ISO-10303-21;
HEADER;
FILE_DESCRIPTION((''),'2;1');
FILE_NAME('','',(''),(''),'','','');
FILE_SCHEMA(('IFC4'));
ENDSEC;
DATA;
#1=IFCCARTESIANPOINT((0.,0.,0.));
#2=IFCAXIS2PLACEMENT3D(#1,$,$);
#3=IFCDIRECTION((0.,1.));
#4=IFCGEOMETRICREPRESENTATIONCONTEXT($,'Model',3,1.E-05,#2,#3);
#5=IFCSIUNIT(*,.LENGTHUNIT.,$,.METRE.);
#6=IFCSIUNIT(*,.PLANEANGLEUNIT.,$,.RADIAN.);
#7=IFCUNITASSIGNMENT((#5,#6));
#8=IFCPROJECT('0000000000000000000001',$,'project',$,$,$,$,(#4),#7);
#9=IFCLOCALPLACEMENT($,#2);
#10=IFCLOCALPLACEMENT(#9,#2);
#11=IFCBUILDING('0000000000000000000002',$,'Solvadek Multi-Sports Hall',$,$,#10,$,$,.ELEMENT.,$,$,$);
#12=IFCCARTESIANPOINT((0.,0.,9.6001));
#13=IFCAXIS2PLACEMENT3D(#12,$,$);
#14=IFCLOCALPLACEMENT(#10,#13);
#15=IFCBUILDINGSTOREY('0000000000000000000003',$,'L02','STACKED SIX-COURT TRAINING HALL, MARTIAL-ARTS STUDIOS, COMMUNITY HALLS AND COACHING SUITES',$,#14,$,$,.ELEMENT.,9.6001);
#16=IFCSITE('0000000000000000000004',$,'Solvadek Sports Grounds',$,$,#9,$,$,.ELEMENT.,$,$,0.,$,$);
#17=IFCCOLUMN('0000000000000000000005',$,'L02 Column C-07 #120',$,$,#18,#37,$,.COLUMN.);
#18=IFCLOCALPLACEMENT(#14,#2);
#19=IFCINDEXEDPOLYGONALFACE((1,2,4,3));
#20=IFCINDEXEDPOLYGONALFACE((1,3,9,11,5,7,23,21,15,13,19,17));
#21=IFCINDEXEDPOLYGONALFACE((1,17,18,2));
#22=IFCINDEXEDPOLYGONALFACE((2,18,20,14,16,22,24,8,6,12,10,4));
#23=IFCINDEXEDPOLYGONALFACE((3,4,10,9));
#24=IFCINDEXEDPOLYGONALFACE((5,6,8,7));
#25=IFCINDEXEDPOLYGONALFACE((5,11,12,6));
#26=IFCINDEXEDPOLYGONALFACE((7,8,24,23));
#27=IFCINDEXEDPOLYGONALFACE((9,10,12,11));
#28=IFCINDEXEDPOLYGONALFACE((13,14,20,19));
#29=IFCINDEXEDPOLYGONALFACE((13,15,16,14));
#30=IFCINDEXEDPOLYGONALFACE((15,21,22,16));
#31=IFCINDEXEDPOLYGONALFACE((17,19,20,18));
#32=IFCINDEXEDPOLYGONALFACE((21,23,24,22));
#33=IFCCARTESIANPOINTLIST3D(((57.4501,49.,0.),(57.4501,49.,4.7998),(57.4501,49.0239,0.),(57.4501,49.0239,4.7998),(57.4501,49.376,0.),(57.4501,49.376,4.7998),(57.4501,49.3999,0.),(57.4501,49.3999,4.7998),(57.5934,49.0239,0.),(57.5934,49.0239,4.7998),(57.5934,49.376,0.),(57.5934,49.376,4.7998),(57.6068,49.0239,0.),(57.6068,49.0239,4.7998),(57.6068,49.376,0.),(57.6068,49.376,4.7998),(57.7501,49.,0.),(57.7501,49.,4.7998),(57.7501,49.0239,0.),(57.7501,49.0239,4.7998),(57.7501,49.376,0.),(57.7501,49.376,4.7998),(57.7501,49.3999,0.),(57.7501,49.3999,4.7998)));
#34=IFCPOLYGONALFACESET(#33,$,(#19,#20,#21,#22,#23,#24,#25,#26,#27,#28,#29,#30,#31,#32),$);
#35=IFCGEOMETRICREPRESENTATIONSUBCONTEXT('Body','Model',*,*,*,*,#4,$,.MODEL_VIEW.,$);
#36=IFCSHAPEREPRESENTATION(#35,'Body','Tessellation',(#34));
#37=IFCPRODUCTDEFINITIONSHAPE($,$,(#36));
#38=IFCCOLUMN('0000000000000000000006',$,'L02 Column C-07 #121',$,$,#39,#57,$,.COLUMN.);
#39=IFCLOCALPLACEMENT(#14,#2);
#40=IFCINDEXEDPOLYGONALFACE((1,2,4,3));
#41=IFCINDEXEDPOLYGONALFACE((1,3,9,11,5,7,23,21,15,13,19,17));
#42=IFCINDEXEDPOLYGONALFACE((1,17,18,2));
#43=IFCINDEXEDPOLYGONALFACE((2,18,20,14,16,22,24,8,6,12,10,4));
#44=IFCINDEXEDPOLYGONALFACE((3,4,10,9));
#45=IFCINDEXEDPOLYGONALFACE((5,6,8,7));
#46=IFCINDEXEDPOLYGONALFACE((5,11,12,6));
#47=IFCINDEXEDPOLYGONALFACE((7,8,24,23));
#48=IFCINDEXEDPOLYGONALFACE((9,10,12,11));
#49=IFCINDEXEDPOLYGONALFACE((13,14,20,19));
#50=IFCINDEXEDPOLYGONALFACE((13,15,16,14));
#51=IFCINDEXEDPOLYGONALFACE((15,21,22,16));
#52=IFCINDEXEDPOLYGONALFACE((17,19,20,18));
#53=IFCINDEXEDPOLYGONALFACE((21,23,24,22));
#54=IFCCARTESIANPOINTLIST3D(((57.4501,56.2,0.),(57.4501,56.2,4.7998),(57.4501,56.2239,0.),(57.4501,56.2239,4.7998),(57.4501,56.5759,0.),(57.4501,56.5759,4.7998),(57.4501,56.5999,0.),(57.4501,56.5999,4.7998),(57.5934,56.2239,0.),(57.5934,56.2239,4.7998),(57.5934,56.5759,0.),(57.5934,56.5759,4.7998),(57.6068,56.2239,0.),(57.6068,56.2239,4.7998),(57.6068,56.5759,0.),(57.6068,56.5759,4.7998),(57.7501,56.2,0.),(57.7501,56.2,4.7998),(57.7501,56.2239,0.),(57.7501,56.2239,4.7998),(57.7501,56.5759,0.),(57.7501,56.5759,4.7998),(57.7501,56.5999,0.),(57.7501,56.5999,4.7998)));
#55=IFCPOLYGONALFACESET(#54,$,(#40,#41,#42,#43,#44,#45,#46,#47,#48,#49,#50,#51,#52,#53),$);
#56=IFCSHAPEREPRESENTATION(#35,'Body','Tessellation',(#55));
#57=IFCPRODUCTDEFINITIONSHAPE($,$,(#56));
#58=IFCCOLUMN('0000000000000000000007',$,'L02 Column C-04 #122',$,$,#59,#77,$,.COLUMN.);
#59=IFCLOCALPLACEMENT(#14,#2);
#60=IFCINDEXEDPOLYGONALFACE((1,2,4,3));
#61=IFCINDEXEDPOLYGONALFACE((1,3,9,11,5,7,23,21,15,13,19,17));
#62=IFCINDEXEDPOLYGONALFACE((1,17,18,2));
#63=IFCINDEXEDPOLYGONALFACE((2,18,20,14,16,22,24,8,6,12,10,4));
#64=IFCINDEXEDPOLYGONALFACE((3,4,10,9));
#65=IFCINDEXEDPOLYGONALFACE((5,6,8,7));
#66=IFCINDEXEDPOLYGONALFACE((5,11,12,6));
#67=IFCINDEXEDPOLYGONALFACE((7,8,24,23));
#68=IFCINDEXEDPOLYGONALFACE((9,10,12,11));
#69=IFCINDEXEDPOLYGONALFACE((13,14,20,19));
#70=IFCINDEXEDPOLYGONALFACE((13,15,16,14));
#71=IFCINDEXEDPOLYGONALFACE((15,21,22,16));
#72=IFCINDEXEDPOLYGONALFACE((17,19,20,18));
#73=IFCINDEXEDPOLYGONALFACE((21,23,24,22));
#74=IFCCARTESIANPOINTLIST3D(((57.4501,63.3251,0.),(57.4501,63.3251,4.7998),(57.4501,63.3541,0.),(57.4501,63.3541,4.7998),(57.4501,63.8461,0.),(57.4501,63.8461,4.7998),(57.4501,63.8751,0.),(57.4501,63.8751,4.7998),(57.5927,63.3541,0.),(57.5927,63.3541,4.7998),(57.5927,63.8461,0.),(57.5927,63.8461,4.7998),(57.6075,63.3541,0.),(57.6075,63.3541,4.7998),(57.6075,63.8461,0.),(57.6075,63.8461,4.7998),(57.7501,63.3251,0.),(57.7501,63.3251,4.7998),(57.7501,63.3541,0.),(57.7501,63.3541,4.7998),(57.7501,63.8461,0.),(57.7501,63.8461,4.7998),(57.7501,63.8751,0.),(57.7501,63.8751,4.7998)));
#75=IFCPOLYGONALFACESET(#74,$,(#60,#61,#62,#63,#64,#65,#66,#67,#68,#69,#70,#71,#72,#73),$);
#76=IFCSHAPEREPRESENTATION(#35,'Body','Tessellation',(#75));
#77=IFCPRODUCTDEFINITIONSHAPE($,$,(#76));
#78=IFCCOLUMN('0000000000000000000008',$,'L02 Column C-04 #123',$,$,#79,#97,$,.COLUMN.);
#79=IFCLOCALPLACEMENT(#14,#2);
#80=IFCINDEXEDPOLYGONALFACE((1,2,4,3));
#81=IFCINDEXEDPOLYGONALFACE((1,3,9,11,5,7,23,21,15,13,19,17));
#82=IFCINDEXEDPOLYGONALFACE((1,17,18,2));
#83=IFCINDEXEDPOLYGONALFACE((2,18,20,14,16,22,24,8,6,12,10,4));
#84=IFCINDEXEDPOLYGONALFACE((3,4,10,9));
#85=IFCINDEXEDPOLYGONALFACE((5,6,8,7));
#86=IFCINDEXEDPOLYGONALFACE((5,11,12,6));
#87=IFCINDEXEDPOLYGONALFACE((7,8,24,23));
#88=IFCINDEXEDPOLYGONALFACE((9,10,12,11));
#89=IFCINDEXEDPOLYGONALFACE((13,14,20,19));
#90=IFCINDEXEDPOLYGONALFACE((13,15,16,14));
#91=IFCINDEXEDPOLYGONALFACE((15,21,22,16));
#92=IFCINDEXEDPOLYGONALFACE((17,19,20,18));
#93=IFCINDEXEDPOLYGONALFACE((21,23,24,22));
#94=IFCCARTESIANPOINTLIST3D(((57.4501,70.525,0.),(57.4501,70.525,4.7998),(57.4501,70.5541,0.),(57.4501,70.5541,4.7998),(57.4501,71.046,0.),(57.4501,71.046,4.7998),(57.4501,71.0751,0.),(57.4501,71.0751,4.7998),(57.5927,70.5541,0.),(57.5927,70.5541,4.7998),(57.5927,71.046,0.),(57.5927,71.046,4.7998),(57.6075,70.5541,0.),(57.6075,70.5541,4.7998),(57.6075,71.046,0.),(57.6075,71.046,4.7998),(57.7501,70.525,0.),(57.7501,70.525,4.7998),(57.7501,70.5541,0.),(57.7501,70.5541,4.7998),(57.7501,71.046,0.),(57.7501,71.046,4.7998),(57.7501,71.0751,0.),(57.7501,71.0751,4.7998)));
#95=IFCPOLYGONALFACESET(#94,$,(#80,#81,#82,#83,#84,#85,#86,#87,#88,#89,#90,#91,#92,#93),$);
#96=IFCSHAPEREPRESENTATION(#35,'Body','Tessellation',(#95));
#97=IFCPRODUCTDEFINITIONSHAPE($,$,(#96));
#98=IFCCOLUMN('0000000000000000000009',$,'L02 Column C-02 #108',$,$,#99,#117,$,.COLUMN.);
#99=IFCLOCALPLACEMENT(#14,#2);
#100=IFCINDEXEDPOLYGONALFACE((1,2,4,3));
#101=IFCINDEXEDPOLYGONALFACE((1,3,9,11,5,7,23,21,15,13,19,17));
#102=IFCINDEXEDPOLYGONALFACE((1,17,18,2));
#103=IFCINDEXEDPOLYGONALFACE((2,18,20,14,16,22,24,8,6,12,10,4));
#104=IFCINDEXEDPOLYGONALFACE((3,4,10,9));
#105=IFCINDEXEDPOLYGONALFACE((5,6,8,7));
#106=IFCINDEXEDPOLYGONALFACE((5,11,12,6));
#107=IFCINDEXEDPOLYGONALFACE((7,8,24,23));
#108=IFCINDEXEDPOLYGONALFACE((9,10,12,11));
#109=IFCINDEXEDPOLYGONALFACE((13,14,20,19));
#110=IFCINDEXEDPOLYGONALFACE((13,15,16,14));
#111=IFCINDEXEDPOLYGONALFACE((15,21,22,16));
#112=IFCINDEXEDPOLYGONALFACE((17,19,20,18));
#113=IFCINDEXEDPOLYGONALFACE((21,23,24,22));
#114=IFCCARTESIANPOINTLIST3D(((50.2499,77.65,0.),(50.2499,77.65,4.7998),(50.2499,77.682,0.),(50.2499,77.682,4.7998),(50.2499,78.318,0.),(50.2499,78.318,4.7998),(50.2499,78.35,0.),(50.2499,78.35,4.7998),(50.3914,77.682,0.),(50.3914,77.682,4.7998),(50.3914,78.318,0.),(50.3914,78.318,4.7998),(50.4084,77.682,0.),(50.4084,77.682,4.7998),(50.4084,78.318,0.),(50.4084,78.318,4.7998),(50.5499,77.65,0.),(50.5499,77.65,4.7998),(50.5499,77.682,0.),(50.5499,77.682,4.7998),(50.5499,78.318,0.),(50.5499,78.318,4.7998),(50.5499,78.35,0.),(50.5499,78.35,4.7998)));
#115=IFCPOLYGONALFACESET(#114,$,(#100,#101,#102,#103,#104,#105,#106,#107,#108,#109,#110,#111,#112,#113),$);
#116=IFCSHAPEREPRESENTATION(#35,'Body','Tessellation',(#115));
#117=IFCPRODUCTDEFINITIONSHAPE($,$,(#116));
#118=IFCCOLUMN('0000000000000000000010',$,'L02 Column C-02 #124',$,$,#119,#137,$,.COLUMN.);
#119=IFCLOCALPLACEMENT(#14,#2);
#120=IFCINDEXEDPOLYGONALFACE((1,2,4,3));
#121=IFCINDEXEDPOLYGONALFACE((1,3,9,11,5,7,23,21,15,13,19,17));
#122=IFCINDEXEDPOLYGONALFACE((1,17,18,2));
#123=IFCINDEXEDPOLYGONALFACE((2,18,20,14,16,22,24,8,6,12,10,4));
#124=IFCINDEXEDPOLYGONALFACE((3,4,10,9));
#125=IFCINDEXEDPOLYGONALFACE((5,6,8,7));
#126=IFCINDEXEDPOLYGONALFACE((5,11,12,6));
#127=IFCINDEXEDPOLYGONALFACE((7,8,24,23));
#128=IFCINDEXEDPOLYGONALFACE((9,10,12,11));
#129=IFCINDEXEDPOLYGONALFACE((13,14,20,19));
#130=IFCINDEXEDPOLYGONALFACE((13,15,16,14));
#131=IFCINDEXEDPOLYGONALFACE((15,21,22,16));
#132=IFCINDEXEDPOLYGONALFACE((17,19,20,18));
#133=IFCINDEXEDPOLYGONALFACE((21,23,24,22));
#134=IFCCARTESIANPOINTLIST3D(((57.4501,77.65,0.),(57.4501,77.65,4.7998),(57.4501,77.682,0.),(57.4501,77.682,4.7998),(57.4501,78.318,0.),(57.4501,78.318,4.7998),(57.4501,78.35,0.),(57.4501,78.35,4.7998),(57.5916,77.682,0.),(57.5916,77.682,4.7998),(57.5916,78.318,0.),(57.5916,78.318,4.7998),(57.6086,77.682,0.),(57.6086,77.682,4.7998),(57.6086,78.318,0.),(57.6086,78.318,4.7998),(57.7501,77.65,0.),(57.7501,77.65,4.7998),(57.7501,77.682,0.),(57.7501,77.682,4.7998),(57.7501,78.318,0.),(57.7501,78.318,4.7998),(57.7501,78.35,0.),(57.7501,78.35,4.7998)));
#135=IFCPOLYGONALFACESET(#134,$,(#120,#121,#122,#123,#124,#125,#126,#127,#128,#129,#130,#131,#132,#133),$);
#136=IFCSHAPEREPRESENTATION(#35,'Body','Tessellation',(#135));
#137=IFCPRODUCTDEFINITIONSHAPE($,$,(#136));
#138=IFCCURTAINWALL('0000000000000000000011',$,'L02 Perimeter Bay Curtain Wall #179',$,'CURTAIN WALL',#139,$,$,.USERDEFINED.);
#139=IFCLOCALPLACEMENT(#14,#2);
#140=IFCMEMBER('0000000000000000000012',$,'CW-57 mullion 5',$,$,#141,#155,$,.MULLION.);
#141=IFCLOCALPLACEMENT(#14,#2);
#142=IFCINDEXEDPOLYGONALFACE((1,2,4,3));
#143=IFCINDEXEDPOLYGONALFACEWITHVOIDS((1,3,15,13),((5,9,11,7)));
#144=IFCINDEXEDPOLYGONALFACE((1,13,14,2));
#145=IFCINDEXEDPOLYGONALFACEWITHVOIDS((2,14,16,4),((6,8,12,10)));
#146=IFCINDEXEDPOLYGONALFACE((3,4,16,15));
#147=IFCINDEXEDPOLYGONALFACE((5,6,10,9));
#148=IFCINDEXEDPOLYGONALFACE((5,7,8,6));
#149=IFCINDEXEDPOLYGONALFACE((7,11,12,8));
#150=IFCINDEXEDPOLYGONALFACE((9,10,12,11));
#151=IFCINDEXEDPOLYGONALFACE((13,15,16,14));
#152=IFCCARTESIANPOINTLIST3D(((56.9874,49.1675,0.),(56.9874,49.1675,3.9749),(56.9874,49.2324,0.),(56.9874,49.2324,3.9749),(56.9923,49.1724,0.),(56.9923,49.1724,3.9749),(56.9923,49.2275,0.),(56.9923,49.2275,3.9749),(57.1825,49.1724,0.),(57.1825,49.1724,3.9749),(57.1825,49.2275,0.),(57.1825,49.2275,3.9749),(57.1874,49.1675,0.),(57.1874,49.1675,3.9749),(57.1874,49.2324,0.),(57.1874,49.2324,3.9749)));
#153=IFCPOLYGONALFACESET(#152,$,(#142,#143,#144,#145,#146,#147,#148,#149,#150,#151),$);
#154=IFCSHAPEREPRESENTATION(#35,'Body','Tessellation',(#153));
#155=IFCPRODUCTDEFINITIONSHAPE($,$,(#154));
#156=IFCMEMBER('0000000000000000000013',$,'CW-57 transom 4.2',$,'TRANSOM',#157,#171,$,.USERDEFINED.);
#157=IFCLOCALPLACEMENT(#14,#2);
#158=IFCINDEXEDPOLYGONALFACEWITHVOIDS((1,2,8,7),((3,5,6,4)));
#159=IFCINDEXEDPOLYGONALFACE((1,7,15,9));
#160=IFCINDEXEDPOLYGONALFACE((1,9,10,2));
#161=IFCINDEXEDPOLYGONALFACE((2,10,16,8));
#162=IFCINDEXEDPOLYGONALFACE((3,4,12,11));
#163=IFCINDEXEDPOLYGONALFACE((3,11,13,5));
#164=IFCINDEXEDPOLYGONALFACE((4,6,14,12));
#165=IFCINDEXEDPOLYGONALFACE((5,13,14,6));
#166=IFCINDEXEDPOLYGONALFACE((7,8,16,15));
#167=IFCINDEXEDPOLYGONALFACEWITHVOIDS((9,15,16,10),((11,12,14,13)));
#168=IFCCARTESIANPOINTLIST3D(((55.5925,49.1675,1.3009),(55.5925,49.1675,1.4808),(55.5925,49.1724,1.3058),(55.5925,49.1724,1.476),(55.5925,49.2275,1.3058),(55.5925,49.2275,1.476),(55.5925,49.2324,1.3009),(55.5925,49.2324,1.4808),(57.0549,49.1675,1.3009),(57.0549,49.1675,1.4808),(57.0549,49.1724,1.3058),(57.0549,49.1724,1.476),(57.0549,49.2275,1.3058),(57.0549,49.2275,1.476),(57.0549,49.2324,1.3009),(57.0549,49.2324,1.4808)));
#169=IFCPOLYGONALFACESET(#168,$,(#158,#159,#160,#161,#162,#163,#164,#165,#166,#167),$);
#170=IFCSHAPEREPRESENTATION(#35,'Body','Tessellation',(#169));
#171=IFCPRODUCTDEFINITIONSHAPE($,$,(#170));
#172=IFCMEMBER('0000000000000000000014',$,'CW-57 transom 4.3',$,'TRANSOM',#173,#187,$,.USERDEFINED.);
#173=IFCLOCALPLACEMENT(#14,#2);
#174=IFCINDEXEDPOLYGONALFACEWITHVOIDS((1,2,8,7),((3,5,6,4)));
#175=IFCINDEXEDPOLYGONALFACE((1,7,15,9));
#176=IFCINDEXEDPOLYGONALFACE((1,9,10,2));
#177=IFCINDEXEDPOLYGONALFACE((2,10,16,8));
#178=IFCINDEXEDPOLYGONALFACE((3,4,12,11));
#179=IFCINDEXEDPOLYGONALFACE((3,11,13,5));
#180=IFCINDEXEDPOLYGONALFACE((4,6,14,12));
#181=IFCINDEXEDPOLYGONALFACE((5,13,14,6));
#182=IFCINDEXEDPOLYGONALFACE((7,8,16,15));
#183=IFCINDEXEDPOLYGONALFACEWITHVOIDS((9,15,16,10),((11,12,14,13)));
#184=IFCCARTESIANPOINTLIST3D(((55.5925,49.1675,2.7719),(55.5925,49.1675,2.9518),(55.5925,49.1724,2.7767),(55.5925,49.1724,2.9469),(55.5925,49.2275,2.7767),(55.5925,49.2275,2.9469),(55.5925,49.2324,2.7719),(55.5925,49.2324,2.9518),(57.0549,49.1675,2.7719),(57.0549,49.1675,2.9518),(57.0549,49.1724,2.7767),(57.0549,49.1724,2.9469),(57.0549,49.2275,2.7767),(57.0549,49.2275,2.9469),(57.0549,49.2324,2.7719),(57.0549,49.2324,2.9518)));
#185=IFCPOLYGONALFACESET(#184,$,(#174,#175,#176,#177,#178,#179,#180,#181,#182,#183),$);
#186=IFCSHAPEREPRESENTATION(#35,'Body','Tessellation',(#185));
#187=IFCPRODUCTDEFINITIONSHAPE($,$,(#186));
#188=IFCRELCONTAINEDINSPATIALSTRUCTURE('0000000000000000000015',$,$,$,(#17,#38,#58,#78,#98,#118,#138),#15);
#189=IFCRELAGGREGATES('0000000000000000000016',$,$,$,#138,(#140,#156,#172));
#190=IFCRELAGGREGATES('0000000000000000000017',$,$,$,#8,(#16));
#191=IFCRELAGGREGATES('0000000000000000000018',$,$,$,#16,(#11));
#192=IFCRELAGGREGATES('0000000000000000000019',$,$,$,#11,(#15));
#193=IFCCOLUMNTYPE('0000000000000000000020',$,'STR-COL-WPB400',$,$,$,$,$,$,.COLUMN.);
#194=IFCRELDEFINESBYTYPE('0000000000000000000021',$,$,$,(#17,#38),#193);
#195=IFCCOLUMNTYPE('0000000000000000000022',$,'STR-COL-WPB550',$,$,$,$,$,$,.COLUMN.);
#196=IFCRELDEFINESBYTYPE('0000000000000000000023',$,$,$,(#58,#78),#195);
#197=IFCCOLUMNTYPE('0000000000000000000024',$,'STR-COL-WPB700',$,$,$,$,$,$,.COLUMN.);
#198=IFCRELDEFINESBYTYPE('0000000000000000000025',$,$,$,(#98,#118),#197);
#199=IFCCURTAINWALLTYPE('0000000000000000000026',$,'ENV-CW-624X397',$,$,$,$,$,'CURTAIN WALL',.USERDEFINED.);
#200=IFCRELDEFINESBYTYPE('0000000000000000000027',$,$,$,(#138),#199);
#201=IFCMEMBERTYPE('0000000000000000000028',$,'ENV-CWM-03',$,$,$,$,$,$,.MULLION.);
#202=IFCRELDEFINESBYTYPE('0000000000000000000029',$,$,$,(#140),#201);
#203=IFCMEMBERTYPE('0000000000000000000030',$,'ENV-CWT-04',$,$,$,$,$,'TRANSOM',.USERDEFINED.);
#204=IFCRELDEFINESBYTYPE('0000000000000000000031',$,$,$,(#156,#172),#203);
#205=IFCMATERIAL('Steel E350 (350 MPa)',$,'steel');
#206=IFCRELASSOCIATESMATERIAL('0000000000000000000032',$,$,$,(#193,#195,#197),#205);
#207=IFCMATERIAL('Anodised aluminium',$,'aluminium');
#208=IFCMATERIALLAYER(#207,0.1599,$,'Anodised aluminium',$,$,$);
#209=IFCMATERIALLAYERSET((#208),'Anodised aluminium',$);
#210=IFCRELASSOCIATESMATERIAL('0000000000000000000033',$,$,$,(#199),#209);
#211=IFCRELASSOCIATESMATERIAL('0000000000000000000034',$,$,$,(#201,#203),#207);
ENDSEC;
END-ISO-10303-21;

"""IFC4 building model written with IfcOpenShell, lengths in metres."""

from ifc_helpers import new_model, si_unit, direction, frame, origin, origin_2d, place, context, subcontext, project, spatial, hollow_rectangle, i_section, extrude, material, layer, layer_set, material_profile, profile_set, type_object, element, aggregate, save


model = new_model("IFC4")

# Units and contexts
model_context = context("Model", 3, precision=1e-05, world=origin(), true_north=direction((0.0, 1.0)))
body_context = subcontext(model_context, "Body", "Model", "MODEL_VIEW")
ifc_project = project(units=[si_unit("LENGTHUNIT", "METRE"), si_unit("PLANEANGLEUNIT", "RADIAN")], contexts=[model_context])

# Site, building, storey
site_placement = place(None, origin())
site = spatial("IfcSite", under=ifc_project, at=site_placement, Name="Solvadek Sports Grounds", CompositionType="ELEMENT", RefElevation=0.0)
building_placement = place(site_placement, origin())
building = spatial("IfcBuilding", under=site, at=building_placement, Name="Solvadek Multi-Sports Hall", CompositionType="ELEMENT")
storey_placement = place(building_placement, frame((0.0, 0.0, 9.6001)))
storey = spatial("IfcBuildingStorey", under=building, at=storey_placement, Name="L02", Description="STACKED SIX-COURT TRAINING HALL, MARTIAL-ARTS STUDIOS, COMMUNITY HALLS AND COACHING SUITES", CompositionType="ELEMENT", Elevation=9.6001)

# Columns
ifc_material_1 = material(Name="Steel E350 (350 MPa)", Category="steel")
ifc_material_profile_1 = material_profile(ifc_material_1, i_section(OverallWidth=0.3, OverallDepth=0.3999, WebThickness=0.0134, FlangeThickness=0.0239, at=origin_2d()), Name="WPB 400")
ifc_profile_set_1 = profile_set([ifc_material_profile_1], Name="Steel E350 (350 MPa)")
column_type_1 = type_object("IfcColumnType", Name="STR-COL-WPB400", PredefinedType="COLUMN", material=ifc_profile_set_1)
for number, where, z_axis, x_axis, name in (
    (1, (57.6001, 49.2, 0.0), (0.0, 0.0, 1.0), (1.0, 0.0, 0.0), "L02 Column C-07 #120"),
    (2, (57.6001, 56.3999, 0.0), (0.0, 0.0, 1.0), (1.0, 0.0, 0.0), "L02 Column C-07 #121"),
):
    element("IfcColumn", number, at=place(storey_placement, frame(where, z_axis=z_axis, x_axis=x_axis)), inside=storey, type_object=column_type_1, Name=name, PredefinedType="COLUMN", context=body_context, shape_type="SweptSolid", body=[
        extrude(i_section(OverallWidth=0.3, OverallDepth=0.3999, WebThickness=0.0134, FlangeThickness=0.0239, at=origin_2d()), origin(), (0.0, 0.0, 1.0), 4.7998),
    ])
ifc_material_profile_2 = material_profile(ifc_material_1, i_section(OverallWidth=0.3, OverallDepth=0.55, WebThickness=0.0149, FlangeThickness=0.0291, at=origin_2d()), Name="WPB 550")
ifc_profile_set_2 = profile_set([ifc_material_profile_2], Name="Steel E350 (350 MPa)")
column_type_2 = type_object("IfcColumnType", Name="STR-COL-WPB550", PredefinedType="COLUMN", material=ifc_profile_set_2)
for number, where, z_axis, x_axis, name in (
    (3, (57.6001, 63.6001, 0.0), (0.0, 0.0, 1.0), (1.0, 0.0, 0.0), "L02 Column C-04 #122"),
    (4, (57.6001, 70.8, 0.0), (0.0, 0.0, 1.0), (1.0, 0.0, 0.0), "L02 Column C-04 #123"),
):
    element("IfcColumn", number, at=place(storey_placement, frame(where, z_axis=z_axis, x_axis=x_axis)), inside=storey, type_object=column_type_2, Name=name, PredefinedType="COLUMN", context=body_context, shape_type="SweptSolid", body=[
        extrude(i_section(OverallWidth=0.3, OverallDepth=0.55, WebThickness=0.0149, FlangeThickness=0.0291, at=origin_2d()), origin(), (0.0, 0.0, 1.0), 4.7998),
    ])
ifc_material_profile_3 = material_profile(ifc_material_1, i_section(OverallWidth=0.3, OverallDepth=0.7, WebThickness=0.0171, FlangeThickness=0.032, at=origin_2d()), Name="WPB 700")
ifc_profile_set_3 = profile_set([ifc_material_profile_3], Name="Steel E350 (350 MPa)")
column_type_3 = type_object("IfcColumnType", Name="STR-COL-WPB700", PredefinedType="COLUMN", material=ifc_profile_set_3)
for number, where, z_axis, x_axis, name in (
    (5, (50.3999, 78.0, 0.0), (0.0, 0.0, 1.0), (1.0, 0.0, 0.0), "L02 Column C-02 #108"),
    (6, (57.6001, 78.0, 0.0), (0.0, 0.0, 1.0), (1.0, 0.0, 0.0), "L02 Column C-02 #124"),
):
    element("IfcColumn", number, at=place(storey_placement, frame(where, z_axis=z_axis, x_axis=x_axis)), inside=storey, type_object=column_type_3, Name=name, PredefinedType="COLUMN", context=body_context, shape_type="SweptSolid", body=[
        extrude(i_section(OverallWidth=0.3, OverallDepth=0.7, WebThickness=0.0171, FlangeThickness=0.032, at=origin_2d()), origin(), (0.0, 0.0, 1.0), 4.7998),
    ])

# Curtain wall, members
ifc_material_2 = material(Name="Anodised aluminium", Category="aluminium")
ifc_layer_1 = layer(ifc_material_2, 0.1599, Name="Anodised aluminium")
ifc_layer_set_1 = layer_set([ifc_layer_1], Name="Anodised aluminium")
curtain_wall_type = type_object("IfcCurtainWallType", Name="ENV-CW-624X397", ElementType="CURTAIN WALL", PredefinedType="USERDEFINED", material=ifc_layer_set_1)
curtain_wall_placement = place(storey_placement, origin())
curtain_wall = element("IfcCurtainWall", 7, at=curtain_wall_placement, inside=storey, type_object=curtain_wall_type, Name="L02 Perimeter Bay Curtain Wall #179", ObjectType="CURTAIN WALL", PredefinedType="USERDEFINED")
ifc_material_profile_4 = material_profile(ifc_material_2, hollow_rectangle(XDim=0.0649, YDim=0.2, WallThickness=0.0049, at=origin_2d()), Name="ALU-M 200x65x5")
ifc_profile_set_4 = profile_set([ifc_material_profile_4], Name="Anodised aluminium")
member_type_1 = type_object("IfcMemberType", Name="ENV-CWM-03", PredefinedType="MULLION", material=ifc_profile_set_4)
member_1_placement = place(storey_placement, frame((57.0874, 49.2, 0.0), z_axis=(0.0, 0.0, 1.0), x_axis=(0.0, 1.0, 0.0)))
member_1 = element("IfcMember", 8, at=member_1_placement, type_object=member_type_1, Name="CW-57 mullion 5", PredefinedType="MULLION", context=body_context, shape_type="SweptSolid", body=[
    extrude(hollow_rectangle(XDim=0.0649, YDim=0.2, WallThickness=0.0049, at=origin_2d()), origin(), (0.0, 0.0, 1.0), 3.9749),
])
ifc_material_profile_5 = material_profile(ifc_material_2, hollow_rectangle(XDim=0.0649, YDim=0.1799, WallThickness=0.0049, at=origin_2d()), Name="ALU-T 180x65x5")
ifc_profile_set_5 = profile_set([ifc_material_profile_5], Name="Anodised aluminium")
member_type_2 = type_object("IfcMemberType", Name="ENV-CWT-04", ElementType="TRANSOM", PredefinedType="USERDEFINED", material=ifc_profile_set_5)
member_2_placement = place(storey_placement, frame((55.5925, 49.2, 1.3909), z_axis=(1.0, 0.0, 0.0), x_axis=(0.0, 1.0, 0.0)))
member_2 = element("IfcMember", 9, at=member_2_placement, type_object=member_type_2, Name="CW-57 transom 4.2", ObjectType="TRANSOM", PredefinedType="USERDEFINED", context=body_context, shape_type="SweptSolid", body=[
    extrude(hollow_rectangle(XDim=0.0649, YDim=0.1799, WallThickness=0.0049, at=origin_2d()), origin(), (0.0, 0.0, 1.0), 1.4624),
])
member_3_placement = place(storey_placement, frame((55.5925, 49.2, 2.8618), z_axis=(1.0, 0.0, 0.0), x_axis=(0.0, 1.0, 0.0)))
member_3 = element("IfcMember", 10, at=member_3_placement, type_object=member_type_2, Name="CW-57 transom 4.3", ObjectType="TRANSOM", PredefinedType="USERDEFINED", context=body_context, shape_type="SweptSolid", body=[
    extrude(hollow_rectangle(XDim=0.0649, YDim=0.1799, WallThickness=0.0049, at=origin_2d()), origin(), (0.0, 0.0, 1.0), 1.4624),
])

aggregate(curtain_wall, [member_1, member_2, member_3])

save(model, "model.ifc")
